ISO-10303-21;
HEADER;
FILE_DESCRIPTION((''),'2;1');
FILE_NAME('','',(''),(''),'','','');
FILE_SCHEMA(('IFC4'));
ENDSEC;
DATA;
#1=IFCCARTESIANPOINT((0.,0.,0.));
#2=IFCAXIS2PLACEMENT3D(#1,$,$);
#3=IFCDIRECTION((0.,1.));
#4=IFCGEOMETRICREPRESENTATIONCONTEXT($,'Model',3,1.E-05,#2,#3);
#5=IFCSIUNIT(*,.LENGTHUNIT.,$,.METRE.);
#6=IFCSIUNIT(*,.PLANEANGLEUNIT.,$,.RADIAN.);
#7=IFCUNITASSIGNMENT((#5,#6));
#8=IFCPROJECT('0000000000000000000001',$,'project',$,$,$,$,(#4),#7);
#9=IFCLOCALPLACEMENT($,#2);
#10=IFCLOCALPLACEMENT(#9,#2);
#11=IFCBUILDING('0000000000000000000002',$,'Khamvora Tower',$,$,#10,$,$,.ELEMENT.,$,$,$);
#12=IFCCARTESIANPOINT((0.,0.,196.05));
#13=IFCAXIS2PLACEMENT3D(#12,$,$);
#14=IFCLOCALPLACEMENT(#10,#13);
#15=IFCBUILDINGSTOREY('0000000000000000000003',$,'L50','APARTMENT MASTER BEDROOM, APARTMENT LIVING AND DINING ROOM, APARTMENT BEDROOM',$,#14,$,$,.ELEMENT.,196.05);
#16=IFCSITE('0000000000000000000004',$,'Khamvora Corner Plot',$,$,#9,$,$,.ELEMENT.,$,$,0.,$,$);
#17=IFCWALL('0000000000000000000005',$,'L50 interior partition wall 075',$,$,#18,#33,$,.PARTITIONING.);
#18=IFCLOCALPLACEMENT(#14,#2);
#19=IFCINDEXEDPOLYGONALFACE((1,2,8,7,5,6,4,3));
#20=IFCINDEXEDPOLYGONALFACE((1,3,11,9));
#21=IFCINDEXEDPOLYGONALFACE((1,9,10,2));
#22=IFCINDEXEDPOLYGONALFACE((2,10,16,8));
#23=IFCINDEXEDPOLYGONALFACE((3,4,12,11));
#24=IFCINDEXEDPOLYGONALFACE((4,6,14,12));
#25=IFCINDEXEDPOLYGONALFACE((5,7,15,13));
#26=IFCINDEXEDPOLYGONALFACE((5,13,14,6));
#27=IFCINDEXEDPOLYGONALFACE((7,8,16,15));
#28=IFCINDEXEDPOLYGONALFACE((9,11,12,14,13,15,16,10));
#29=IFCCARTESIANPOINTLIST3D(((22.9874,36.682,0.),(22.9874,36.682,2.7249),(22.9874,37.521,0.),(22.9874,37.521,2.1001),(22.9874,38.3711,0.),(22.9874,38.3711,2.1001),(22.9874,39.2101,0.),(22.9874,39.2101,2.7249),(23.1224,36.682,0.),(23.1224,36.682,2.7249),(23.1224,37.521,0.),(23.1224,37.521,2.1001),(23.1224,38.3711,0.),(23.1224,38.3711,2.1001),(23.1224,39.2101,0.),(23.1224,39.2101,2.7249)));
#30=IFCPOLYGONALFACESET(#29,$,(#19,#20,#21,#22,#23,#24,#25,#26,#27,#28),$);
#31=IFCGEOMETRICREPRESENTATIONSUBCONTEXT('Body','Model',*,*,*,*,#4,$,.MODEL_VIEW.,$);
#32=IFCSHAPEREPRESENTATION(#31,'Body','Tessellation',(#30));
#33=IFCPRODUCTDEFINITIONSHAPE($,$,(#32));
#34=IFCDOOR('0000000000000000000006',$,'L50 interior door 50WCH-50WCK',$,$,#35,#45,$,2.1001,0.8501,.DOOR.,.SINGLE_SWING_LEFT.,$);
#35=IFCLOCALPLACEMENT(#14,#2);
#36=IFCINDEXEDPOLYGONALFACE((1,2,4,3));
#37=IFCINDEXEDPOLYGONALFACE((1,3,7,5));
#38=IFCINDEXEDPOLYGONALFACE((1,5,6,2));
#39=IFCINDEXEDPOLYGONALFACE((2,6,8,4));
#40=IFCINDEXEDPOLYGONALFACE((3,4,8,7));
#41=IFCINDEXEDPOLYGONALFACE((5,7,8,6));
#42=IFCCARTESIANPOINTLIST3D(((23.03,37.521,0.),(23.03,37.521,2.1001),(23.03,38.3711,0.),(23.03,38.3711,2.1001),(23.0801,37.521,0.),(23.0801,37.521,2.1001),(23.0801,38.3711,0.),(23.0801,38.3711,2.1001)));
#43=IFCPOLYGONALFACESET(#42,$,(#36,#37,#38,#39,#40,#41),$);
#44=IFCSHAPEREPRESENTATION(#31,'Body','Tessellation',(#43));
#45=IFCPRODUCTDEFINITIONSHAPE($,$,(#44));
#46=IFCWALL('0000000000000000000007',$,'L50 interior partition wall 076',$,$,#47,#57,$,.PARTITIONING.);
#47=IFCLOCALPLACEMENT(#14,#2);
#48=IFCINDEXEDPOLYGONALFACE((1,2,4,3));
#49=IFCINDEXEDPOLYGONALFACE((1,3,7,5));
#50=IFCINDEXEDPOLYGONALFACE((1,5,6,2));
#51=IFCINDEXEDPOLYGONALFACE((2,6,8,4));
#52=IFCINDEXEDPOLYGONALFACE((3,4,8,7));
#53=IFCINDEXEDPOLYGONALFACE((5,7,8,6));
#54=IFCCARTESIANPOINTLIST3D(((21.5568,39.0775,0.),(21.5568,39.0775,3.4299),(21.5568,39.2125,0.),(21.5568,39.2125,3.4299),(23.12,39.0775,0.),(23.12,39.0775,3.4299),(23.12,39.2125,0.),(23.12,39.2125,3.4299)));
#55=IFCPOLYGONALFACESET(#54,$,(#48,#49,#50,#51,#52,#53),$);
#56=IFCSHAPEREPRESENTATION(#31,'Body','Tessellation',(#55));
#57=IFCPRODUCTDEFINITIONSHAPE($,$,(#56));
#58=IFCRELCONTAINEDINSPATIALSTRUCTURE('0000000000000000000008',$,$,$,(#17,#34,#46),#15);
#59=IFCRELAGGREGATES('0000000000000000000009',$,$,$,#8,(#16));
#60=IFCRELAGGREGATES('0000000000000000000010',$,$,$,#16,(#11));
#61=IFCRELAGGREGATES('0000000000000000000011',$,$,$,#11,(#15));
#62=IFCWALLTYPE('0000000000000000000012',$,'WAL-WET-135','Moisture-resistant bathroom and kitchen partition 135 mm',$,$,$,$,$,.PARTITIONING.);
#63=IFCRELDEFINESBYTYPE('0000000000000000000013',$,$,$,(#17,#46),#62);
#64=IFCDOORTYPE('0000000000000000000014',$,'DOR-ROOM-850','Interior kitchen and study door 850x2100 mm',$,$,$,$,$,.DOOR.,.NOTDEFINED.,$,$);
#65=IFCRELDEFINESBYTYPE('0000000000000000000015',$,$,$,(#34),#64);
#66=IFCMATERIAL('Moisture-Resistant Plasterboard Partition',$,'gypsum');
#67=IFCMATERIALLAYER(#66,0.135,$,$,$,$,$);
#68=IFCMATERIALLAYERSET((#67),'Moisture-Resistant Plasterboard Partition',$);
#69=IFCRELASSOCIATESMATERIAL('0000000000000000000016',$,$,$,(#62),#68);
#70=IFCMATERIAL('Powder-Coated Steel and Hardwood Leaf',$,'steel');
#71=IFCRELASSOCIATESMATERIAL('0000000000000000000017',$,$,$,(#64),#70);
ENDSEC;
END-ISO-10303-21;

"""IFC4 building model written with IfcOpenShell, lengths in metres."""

from ifc_helpers import new_model, si_unit, direction, frame, frame_2d, origin, place, context, subcontext, project, spatial, rectangle, extrude, material, layer, layer_set, type_object, element, fill, save


model = new_model("IFC4")

# Units and contexts
model_context = context("Model", 3, precision=1e-05, world=origin(), true_north=direction((0.0, 1.0)))
body_context = subcontext(model_context, "Body", "Model", "MODEL_VIEW")
ifc_project = project(units=[si_unit("LENGTHUNIT", "METRE"), si_unit("PLANEANGLEUNIT", "RADIAN")], contexts=[model_context])

# Site, building, storey
site_placement = place(None, origin())
site = spatial("IfcSite", under=ifc_project, at=site_placement, Name="Khamvora Corner Plot", CompositionType="ELEMENT", RefElevation=0.0)
building_placement = place(site_placement, origin())
building = spatial("IfcBuilding", under=site, at=building_placement, Name="Khamvora Tower", CompositionType="ELEMENT")
storey_placement = place(building_placement, frame((0.0, 0.0, 196.05)))
storey = spatial("IfcBuildingStorey", under=building, at=storey_placement, Name="L50", Description="APARTMENT MASTER BEDROOM, APARTMENT LIVING AND DINING ROOM, APARTMENT BEDROOM", CompositionType="ELEMENT", Elevation=196.05)

# Shared definitions
ifc_material_1 = material(Name="Powder-Coated Steel and Hardwood Leaf", Category="steel")

# Shared definitions
ifc_material_2 = material(Name="Moisture-Resistant Plasterboard Partition", Category="gypsum")
ifc_layer_1 = layer(ifc_material_2, 0.135)
ifc_layer_set_1 = layer_set([ifc_layer_1], Name="Moisture-Resistant Plasterboard Partition")
wall_type_1 = type_object("IfcWallType", Name="WAL-WET-135", Description="Moisture-resistant bathroom and kitchen partition 135 mm", PredefinedType="PARTITIONING", material=ifc_layer_set_1)

# Wall, opening, door
wall_1_placement = place(storey_placement, frame((23.0549, 36.6819, 0.0), z_axis=(0.0, 0.0, 1.0), x_axis=(0.0, 1.0, 0.0)))
wall_1 = element("IfcWall", 1, at=wall_1_placement, inside=storey, type_object=wall_type_1, Name="L50 interior partition wall 075", PredefinedType="PARTITIONING", context=body_context, shape_type="SweptSolid", body=[
    extrude(rectangle(XDim=2.5281, YDim=0.135, at=frame_2d((1.2642, 0.0))), origin(), (0.0, 0.0, 1.0), 2.7249),
])
opening_1_placement = place(wall_1_placement, frame((0.8391, 0.0, 0.0)))
opening_1 = element("IfcOpeningElement", 2, at=opening_1_placement, cuts=wall_1, PredefinedType="OPENING", context=body_context, shape_type="SweptSolid", body=[
    extrude(rectangle(XDim=0.8501, YDim=2.1001, at=frame_2d((0.425, 1.05))), frame((0.0, 0.0774, 0.0), z_axis=(0.0, -1.0, 0.0), x_axis=(1.0, 0.0, 0.0)), (0.0, 0.0, 1.0), 0.155),
])
door_type_1 = type_object("IfcDoorType", Name="DOR-ROOM-850", Description="Interior kitchen and study door 850x2100 mm", OperationType="NOTDEFINED", PredefinedType="DOOR", material=ifc_material_1)
door_1_placement = place(opening_1_placement, origin())
door_1 = element("IfcDoor", 3, at=door_1_placement, inside=storey, type_object=door_type_1, Name="L50 interior door 50WCH-50WCK", OperationType="SINGLE_SWING_LEFT", OverallHeight=2.1001, OverallWidth=0.8501, PredefinedType="DOOR", context=body_context, shape_type="SweptSolid", body=[
    extrude(rectangle(XDim=0.8501, YDim=2.1001, at=frame_2d((0.425, 1.05))), frame((0.0, 0.0249, 0.0), z_axis=(0.0, -1.0, 0.0), x_axis=(1.0, 0.0, 0.0)), (0.0, 0.0, 1.0), 0.05),
])
fill(opening_1, door_1)

# Wall
wall_2_placement = place(storey_placement, frame((23.1201, 39.145, 0.0), z_axis=(0.0, 0.0, 1.0), x_axis=(-1.0, 0.0, 0.0)))
element("IfcWall", 4, at=wall_2_placement, inside=storey, type_object=wall_type_1, Name="L50 interior partition wall 076", PredefinedType="PARTITIONING", context=body_context, shape_type="SweptSolid", body=[
    extrude(rectangle(XDim=1.5632, YDim=0.135, at=frame_2d((0.7817, 0.0))), origin(), (0.0, 0.0, 1.0), 3.4299),
])

save(model, "model.ifc")
